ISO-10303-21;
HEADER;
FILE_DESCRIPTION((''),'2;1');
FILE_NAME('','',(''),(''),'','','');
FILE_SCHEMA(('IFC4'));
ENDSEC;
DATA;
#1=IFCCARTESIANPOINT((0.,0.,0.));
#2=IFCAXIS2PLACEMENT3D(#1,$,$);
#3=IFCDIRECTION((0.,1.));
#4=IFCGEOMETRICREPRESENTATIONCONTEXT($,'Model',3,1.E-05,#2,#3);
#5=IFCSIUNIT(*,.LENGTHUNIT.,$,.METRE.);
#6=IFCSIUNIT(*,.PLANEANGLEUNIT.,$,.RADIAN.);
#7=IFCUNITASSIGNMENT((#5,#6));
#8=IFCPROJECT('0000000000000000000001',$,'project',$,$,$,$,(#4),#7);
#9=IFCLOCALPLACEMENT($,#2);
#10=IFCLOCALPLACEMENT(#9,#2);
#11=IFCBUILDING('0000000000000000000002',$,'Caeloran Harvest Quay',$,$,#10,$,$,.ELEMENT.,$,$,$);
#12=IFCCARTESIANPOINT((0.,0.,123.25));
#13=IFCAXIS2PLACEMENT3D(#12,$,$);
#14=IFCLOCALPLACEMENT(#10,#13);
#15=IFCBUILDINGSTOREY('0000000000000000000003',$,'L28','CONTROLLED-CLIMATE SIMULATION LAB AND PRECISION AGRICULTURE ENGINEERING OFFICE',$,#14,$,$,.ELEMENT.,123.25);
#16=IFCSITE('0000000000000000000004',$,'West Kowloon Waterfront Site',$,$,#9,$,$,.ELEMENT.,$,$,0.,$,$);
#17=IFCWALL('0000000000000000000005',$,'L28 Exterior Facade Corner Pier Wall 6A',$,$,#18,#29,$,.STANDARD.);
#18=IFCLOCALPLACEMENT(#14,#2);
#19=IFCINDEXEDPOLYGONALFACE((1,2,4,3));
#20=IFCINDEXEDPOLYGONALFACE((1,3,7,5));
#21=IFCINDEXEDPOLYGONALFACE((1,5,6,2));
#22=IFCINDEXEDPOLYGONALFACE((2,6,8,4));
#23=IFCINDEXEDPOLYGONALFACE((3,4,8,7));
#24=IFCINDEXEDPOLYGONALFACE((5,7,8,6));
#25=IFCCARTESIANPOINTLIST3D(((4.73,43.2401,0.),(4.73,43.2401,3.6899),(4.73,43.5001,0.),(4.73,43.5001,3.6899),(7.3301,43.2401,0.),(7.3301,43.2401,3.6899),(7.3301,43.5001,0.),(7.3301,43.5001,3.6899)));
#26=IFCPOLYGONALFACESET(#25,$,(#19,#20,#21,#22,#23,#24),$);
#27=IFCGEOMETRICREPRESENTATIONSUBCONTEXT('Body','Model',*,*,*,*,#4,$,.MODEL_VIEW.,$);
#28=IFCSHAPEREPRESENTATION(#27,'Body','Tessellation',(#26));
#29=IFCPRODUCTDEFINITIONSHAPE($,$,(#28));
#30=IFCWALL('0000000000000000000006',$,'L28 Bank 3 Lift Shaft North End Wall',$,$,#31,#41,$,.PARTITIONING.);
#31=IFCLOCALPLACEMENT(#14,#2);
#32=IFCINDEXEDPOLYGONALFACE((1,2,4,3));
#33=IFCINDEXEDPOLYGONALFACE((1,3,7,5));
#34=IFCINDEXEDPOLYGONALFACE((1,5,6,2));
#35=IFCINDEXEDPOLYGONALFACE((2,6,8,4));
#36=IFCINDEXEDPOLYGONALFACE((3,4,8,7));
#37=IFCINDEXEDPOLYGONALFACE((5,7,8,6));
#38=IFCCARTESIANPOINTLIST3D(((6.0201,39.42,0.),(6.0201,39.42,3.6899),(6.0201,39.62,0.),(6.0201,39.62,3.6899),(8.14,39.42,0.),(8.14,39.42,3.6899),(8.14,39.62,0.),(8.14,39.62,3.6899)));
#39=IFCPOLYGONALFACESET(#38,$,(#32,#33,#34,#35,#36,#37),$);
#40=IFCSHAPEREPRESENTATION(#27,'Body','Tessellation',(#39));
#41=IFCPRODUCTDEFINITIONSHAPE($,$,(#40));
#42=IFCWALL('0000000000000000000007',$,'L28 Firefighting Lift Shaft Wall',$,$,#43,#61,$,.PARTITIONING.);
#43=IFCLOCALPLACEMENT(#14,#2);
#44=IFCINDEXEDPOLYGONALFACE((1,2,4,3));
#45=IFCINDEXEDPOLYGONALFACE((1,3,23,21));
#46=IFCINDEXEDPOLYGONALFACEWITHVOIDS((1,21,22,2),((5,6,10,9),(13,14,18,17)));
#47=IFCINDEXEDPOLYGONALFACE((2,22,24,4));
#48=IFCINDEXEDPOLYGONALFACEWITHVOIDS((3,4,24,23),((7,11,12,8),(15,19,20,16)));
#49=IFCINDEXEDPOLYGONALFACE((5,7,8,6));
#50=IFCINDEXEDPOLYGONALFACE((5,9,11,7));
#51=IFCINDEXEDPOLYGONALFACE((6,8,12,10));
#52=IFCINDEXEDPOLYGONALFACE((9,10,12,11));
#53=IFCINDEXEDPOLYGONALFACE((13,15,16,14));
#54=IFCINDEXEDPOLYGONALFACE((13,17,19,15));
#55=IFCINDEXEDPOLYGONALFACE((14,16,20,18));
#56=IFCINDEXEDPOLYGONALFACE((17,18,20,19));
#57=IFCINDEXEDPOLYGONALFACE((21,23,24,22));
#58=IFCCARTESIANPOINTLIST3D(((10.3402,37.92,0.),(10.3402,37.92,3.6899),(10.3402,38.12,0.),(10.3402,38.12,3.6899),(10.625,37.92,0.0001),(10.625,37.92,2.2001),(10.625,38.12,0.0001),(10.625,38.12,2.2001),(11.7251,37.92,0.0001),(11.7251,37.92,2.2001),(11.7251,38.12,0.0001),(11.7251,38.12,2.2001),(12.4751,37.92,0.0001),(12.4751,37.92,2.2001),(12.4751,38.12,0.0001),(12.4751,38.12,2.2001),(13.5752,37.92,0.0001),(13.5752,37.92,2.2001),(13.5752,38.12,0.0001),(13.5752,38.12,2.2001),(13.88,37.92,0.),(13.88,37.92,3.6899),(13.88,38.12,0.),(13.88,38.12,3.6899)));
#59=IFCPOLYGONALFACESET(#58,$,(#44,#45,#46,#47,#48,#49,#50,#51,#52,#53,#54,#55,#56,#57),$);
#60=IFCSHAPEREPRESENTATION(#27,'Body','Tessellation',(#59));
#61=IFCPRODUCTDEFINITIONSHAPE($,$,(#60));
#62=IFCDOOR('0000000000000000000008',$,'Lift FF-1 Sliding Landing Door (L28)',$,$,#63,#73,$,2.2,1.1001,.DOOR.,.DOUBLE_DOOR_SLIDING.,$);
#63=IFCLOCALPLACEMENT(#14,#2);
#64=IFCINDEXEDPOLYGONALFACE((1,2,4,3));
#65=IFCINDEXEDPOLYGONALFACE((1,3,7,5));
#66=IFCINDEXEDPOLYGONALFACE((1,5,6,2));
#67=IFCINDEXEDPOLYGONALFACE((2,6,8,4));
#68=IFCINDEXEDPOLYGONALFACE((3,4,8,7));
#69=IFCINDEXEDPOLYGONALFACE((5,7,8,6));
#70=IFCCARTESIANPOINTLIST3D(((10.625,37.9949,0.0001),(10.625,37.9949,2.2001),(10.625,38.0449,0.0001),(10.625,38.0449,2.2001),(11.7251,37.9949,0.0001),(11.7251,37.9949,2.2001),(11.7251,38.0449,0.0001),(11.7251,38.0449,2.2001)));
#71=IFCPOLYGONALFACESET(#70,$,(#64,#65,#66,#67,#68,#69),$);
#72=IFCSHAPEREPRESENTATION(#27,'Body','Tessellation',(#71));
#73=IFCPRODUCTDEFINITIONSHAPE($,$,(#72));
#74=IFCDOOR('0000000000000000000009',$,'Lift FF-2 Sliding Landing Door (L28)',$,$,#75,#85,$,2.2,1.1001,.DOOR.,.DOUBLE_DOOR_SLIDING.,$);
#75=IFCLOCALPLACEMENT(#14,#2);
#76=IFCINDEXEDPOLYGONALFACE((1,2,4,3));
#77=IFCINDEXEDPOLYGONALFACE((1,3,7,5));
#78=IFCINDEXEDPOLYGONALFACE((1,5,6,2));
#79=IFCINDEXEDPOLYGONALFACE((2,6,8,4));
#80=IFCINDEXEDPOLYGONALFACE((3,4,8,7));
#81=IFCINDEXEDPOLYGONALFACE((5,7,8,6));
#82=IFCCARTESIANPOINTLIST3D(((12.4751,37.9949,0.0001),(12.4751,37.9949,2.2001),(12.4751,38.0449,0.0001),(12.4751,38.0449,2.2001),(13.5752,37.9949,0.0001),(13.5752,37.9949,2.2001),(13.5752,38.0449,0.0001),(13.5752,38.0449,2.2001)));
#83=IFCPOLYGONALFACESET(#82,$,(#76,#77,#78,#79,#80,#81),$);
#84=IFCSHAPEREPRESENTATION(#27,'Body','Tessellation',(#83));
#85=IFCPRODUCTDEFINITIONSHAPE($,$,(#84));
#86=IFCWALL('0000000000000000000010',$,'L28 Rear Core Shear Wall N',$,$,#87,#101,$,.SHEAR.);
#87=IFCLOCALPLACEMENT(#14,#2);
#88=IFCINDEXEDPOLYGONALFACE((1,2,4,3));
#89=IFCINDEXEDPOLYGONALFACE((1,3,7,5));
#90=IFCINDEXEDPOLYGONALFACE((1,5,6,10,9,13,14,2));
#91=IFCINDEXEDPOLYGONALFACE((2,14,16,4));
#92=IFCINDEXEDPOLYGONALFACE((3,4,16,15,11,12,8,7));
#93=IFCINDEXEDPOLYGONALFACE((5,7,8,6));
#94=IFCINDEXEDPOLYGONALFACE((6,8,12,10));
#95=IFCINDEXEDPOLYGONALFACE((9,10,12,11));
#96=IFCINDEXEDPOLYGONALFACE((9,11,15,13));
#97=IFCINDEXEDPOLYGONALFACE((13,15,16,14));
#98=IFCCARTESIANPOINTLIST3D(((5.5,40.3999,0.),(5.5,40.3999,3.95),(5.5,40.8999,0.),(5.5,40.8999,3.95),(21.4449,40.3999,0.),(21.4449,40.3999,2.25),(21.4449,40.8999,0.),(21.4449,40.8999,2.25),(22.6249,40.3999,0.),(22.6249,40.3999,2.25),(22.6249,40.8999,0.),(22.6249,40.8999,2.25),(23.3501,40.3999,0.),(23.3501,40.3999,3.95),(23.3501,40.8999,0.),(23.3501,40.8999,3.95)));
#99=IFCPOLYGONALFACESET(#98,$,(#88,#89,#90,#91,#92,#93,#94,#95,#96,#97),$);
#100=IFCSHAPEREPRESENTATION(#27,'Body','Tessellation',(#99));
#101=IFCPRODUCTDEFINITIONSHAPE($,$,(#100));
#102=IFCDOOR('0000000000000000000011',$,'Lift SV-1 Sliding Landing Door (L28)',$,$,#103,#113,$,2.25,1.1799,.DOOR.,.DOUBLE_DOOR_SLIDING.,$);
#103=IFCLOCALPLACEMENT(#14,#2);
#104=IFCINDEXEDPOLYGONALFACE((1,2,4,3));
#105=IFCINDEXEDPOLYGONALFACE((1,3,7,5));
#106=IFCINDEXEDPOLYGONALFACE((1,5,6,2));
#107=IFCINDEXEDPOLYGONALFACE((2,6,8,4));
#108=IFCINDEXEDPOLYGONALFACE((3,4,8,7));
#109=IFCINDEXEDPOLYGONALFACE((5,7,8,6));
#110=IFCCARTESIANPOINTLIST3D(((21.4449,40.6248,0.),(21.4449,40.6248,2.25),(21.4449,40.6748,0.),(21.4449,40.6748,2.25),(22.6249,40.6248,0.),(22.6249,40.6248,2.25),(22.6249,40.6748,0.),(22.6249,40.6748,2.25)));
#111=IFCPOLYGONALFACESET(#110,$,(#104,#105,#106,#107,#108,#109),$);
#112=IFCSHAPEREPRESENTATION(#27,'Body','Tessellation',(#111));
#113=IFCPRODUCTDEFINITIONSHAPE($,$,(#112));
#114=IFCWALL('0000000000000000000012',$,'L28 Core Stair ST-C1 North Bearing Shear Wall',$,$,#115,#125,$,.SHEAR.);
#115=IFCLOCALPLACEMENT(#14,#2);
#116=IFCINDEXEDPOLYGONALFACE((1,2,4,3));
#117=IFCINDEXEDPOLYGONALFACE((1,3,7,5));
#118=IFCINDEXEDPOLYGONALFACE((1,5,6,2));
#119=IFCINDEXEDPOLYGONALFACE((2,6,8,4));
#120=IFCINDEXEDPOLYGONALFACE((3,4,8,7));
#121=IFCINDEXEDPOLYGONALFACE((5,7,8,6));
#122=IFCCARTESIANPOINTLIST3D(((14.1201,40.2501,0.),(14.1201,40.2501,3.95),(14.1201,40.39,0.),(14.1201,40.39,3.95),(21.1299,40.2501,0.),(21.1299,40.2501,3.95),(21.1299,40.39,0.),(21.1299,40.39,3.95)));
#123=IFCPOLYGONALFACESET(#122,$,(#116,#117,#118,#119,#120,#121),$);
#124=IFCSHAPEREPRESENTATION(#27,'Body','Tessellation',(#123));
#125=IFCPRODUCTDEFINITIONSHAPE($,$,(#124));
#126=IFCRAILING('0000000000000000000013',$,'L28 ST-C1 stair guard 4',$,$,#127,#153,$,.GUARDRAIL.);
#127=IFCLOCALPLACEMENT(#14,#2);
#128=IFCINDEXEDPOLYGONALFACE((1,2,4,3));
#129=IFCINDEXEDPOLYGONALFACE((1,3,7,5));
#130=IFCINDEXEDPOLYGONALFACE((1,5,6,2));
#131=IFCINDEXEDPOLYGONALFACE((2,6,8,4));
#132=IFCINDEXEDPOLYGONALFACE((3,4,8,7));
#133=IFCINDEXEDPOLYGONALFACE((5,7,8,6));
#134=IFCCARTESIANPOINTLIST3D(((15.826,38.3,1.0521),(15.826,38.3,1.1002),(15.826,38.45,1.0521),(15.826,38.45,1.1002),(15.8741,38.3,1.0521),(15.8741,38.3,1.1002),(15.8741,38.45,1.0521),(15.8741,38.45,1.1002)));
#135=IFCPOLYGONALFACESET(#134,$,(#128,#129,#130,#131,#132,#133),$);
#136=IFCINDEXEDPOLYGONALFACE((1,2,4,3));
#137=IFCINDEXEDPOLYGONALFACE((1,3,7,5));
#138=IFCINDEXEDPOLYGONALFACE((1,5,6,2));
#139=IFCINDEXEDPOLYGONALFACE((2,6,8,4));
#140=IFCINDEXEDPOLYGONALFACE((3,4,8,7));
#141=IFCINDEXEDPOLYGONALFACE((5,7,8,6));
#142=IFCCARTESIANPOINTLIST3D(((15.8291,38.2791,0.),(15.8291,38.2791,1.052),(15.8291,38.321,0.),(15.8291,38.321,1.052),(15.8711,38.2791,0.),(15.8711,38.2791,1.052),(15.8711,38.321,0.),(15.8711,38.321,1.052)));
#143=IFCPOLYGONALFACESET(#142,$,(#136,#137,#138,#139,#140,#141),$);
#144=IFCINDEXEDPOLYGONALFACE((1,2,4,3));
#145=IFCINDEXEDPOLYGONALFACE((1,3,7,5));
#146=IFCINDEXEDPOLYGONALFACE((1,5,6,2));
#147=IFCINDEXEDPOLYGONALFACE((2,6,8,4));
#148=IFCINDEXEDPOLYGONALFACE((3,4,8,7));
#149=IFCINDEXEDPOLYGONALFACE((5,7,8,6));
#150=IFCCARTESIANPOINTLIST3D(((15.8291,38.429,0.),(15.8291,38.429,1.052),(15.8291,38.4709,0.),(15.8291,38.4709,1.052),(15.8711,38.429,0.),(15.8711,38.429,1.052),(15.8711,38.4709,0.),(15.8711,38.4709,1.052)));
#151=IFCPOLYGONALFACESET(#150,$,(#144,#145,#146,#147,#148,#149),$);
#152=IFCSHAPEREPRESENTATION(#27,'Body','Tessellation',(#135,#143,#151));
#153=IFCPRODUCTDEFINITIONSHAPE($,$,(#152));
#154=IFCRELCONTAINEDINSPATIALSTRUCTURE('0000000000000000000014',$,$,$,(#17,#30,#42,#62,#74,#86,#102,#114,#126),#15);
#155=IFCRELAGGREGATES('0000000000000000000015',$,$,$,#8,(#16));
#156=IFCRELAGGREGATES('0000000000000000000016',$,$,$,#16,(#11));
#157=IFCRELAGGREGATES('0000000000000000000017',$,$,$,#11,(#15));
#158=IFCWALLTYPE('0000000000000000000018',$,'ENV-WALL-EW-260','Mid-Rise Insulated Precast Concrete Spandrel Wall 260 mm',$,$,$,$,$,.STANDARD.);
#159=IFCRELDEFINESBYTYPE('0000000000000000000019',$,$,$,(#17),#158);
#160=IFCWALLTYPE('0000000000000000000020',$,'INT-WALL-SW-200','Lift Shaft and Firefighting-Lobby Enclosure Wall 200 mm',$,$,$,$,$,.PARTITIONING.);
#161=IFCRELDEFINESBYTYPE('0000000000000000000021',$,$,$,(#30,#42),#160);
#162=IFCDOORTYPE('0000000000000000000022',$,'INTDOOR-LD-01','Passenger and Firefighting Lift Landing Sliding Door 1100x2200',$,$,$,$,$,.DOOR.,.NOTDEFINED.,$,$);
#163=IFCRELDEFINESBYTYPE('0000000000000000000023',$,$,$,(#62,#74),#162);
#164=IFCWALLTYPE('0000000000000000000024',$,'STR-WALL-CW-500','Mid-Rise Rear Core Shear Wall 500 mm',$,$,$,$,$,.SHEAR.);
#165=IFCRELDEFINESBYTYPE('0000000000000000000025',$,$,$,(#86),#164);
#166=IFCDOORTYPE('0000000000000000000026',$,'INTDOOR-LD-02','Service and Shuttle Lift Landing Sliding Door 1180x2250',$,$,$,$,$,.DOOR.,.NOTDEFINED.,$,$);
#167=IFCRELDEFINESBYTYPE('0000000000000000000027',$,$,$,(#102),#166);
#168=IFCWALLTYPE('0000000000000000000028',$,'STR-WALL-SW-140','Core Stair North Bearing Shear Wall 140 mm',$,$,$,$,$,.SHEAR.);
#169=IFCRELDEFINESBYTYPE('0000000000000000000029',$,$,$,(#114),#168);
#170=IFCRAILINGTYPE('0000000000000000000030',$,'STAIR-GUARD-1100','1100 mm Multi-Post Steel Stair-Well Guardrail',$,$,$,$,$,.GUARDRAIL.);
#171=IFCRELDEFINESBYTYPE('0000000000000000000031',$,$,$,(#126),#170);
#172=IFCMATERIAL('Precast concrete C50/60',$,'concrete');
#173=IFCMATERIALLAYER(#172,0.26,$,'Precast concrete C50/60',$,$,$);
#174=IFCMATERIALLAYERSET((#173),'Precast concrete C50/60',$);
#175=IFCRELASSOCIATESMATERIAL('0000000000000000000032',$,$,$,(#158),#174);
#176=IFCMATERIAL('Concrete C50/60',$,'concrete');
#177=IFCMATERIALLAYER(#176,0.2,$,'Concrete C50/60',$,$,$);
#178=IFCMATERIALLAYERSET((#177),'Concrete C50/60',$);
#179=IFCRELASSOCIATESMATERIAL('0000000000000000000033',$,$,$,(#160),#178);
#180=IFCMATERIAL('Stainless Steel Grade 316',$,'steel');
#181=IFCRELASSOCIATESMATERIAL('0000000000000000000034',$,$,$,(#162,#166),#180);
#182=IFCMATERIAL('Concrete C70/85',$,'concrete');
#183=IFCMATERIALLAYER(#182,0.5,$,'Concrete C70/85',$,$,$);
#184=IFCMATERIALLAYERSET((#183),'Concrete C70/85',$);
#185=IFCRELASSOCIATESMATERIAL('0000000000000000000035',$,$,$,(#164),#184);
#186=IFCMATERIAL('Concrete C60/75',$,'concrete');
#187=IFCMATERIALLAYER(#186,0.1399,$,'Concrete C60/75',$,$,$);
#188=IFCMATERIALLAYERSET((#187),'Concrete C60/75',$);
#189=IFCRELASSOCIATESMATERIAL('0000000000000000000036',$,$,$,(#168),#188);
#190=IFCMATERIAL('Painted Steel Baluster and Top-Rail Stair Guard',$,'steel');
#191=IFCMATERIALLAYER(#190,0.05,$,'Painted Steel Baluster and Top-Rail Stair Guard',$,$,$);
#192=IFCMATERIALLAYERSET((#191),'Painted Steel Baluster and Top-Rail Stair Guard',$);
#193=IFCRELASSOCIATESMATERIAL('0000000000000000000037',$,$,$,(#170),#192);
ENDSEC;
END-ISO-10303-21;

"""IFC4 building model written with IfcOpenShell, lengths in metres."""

from ifc_helpers import new_model, si_unit, direction, frame, frame_2d, origin, origin_2d, place, context, subcontext, project, spatial, rectangle, extrude, material, layer, layer_set, type_object, element, fill, save


model = new_model("IFC4")

# Units and contexts
model_context = context("Model", 3, precision=1e-05, world=origin(), true_north=direction((0.0, 1.0)))
body_context = subcontext(model_context, "Body", "Model", "MODEL_VIEW")
ifc_project = project(units=[si_unit("LENGTHUNIT", "METRE"), si_unit("PLANEANGLEUNIT", "RADIAN")], contexts=[model_context])

# Site, building, storey
site_placement = place(None, origin())
site = spatial("IfcSite", under=ifc_project, at=site_placement, Name="West Kowloon Waterfront Site", CompositionType="ELEMENT", RefElevation=0.0)
building_placement = place(site_placement, origin())
building = spatial("IfcBuilding", under=site, at=building_placement, Name="Caeloran Harvest Quay", CompositionType="ELEMENT")
storey_placement = place(building_placement, frame((0.0, 0.0, 123.25)))
storey = spatial("IfcBuildingStorey", under=building, at=storey_placement, Name="L28", Description="CONTROLLED-CLIMATE SIMULATION LAB AND PRECISION AGRICULTURE ENGINEERING OFFICE", CompositionType="ELEMENT", Elevation=123.25)

# Walls
ifc_material_1 = material(Name="Precast concrete C50/60", Category="concrete")
ifc_layer_1 = layer(ifc_material_1, 0.26, Name="Precast concrete C50/60")
ifc_layer_set_1 = layer_set([ifc_layer_1], Name="Precast concrete C50/60")
wall_type_1 = type_object("IfcWallType", Name="ENV-WALL-EW-260", Description="Mid-Rise Insulated Precast Concrete Spandrel Wall 260 mm", PredefinedType="STANDARD", material=ifc_layer_set_1)
wall_1_placement = place(storey_placement, frame((4.73, 43.3701, 0.0), z_axis=(0.0, 0.0, 1.0), x_axis=(1.0, 0.0, 0.0)))
element("IfcWall", 1, at=wall_1_placement, inside=storey, type_object=wall_type_1, Name="L28 Exterior Facade Corner Pier Wall 6A", PredefinedType="STANDARD", context=body_context, shape_type="SweptSolid", body=[
    extrude(rectangle(XDim=2.6001, YDim=0.26, at=frame_2d((1.3, 0.0))), origin(), (0.0, 0.0, 1.0), 3.6899),
])
ifc_material_2 = material(Name="Concrete C50/60", Category="concrete")
ifc_layer_2 = layer(ifc_material_2, 0.2, Name="Concrete C50/60")
ifc_layer_set_2 = layer_set([ifc_layer_2], Name="Concrete C50/60")
wall_type_2 = type_object("IfcWallType", Name="INT-WALL-SW-200", Description="Lift Shaft and Firefighting-Lobby Enclosure Wall 200 mm", PredefinedType="PARTITIONING", material=ifc_layer_set_2)
wall_2_placement = place(storey_placement, frame((6.02, 39.52, 0.0), z_axis=(0.0, 0.0, 1.0), x_axis=(1.0, 0.0, 0.0)))
element("IfcWall", 2, at=wall_2_placement, inside=storey, type_object=wall_type_2, Name="L28 Bank 3 Lift Shaft North End Wall", PredefinedType="PARTITIONING", context=body_context, shape_type="SweptSolid", body=[
    extrude(rectangle(XDim=2.1199, YDim=0.2, at=frame_2d((1.0601, 0.0))), origin(), (0.0, 0.0, 1.0), 3.6899),
])

# Wall, openings, doors
wall_3_placement = place(storey_placement, frame((10.3401, 38.02, 0.0), z_axis=(0.0, 0.0, 1.0), x_axis=(1.0, 0.0, 0.0)))
wall_3 = element("IfcWall", 3, at=wall_3_placement, inside=storey, type_object=wall_type_2, Name="L28 Firefighting Lift Shaft Wall", PredefinedType="PARTITIONING", context=body_context, shape_type="SweptSolid", body=[
    extrude(rectangle(XDim=3.5398, YDim=0.2, at=frame_2d((1.77, 0.0))), origin(), (0.0, 0.0, 1.0), 3.6899),
])
opening_1_placement = place(wall_3_placement, frame((0.2849, 0.0, 0.0)))
opening_1 = element("IfcOpeningElement", 4, at=opening_1_placement, cuts=wall_3, PredefinedType="OPENING", context=body_context, shape_type="SweptSolid", body=[
    extrude(rectangle(XDim=1.1001, YDim=2.2, at=frame_2d((0.55, 1.1001))), frame((0.0, 0.1099, 0.0), z_axis=(0.0, -1.0, 0.0), x_axis=(1.0, 0.0, 0.0)), (0.0, 0.0, 1.0), 0.22),
])
opening_2_placement = place(wall_3_placement, frame((2.135, 0.0, 0.0)))
opening_2 = element("IfcOpeningElement", 5, at=opening_2_placement, cuts=wall_3, PredefinedType="OPENING", context=body_context, shape_type="SweptSolid", body=[
    extrude(rectangle(XDim=1.1001, YDim=2.2, at=frame_2d((0.55, 1.1001))), frame((0.0, 0.1099, 0.0), z_axis=(0.0, -1.0, 0.0), x_axis=(1.0, 0.0, 0.0)), (0.0, 0.0, 1.0), 0.22),
])
ifc_material_3 = material(Name="Stainless Steel Grade 316", Category="steel")
door_type_1 = type_object("IfcDoorType", Name="INTDOOR-LD-01", Description="Passenger and Firefighting Lift Landing Sliding Door 1100x2200", OperationType="NOTDEFINED", PredefinedType="DOOR", material=ifc_material_3)
door_1_placement = place(opening_1_placement, origin())
door_1 = element("IfcDoor", 6, at=door_1_placement, inside=storey, type_object=door_type_1, Name="Lift FF-1 Sliding Landing Door (L28)", OperationType="DOUBLE_DOOR_SLIDING", OverallHeight=2.2, OverallWidth=1.1001, PredefinedType="DOOR", context=body_context, shape_type="SweptSolid", body=[
    extrude(rectangle(XDim=1.1001, YDim=2.2, at=frame_2d((0.55, 1.1001))), frame((0.0, 0.0249, 0.0), z_axis=(0.0, -1.0, 0.0), x_axis=(1.0, 0.0, 0.0)), (0.0, 0.0, 1.0), 0.05),
])
fill(opening_1, door_1)
door_2_placement = place(opening_2_placement, origin())
door_2 = element("IfcDoor", 7, at=door_2_placement, inside=storey, type_object=door_type_1, Name="Lift FF-2 Sliding Landing Door (L28)", OperationType="DOUBLE_DOOR_SLIDING", OverallHeight=2.2, OverallWidth=1.1001, PredefinedType="DOOR", context=body_context, shape_type="SweptSolid", body=[
    extrude(rectangle(XDim=1.1001, YDim=2.2, at=frame_2d((0.55, 1.1001))), frame((0.0, 0.0249, 0.0), z_axis=(0.0, -1.0, 0.0), x_axis=(1.0, 0.0, 0.0)), (0.0, 0.0, 1.0), 0.05),
])
fill(opening_2, door_2)

# Wall, opening, door
ifc_material_4 = material(Name="Concrete C70/85", Category="concrete")
ifc_layer_3 = layer(ifc_material_4, 0.5, Name="Concrete C70/85")
ifc_layer_set_3 = layer_set([ifc_layer_3], Name="Concrete C70/85")
wall_type_3 = type_object("IfcWallType", Name="STR-WALL-CW-500", Description="Mid-Rise Rear Core Shear Wall 500 mm", PredefinedType="SHEAR", material=ifc_layer_set_3)
wall_4_placement = place(storey_placement, frame((5.5, 40.6499, 0.0), z_axis=(0.0, 0.0, 1.0), x_axis=(1.0, 0.0, 0.0)))
wall_4 = element("IfcWall", 8, at=wall_4_placement, inside=storey, type_object=wall_type_3, Name="L28 Rear Core Shear Wall N", PredefinedType="SHEAR", context=body_context, shape_type="SweptSolid", body=[
    extrude(rectangle(XDim=17.8501, YDim=0.5, at=frame_2d((8.925, 0.0))), origin(), (0.0, 0.0, 1.0), 3.95),
])
opening_3_placement = place(wall_4_placement, frame((15.9451, 0.0, 0.0)))
opening_3 = element("IfcOpeningElement", 9, at=opening_3_placement, cuts=wall_4, PredefinedType="OPENING", context=body_context, shape_type="SweptSolid", body=[
    extrude(rectangle(XDim=1.1799, YDim=2.25, at=frame_2d((0.5898, 1.125))), frame((0.0, 0.26, 0.0), z_axis=(0.0, -1.0, 0.0), x_axis=(1.0, 0.0, 0.0)), (0.0, 0.0, 1.0), 0.52),
])
door_type_2 = type_object("IfcDoorType", Name="INTDOOR-LD-02", Description="Service and Shuttle Lift Landing Sliding Door 1180x2250", OperationType="NOTDEFINED", PredefinedType="DOOR", material=ifc_material_3)
door_3_placement = place(opening_3_placement, origin())
door_3 = element("IfcDoor", 10, at=door_3_placement, inside=storey, type_object=door_type_2, Name="Lift SV-1 Sliding Landing Door (L28)", OperationType="DOUBLE_DOOR_SLIDING", OverallHeight=2.25, OverallWidth=1.1799, PredefinedType="DOOR", context=body_context, shape_type="SweptSolid", body=[
    extrude(rectangle(XDim=1.1799, YDim=2.25, at=frame_2d((0.5898, 1.125))), frame((0.0, 0.0249, 0.0), z_axis=(0.0, -1.0, 0.0), x_axis=(1.0, 0.0, 0.0)), (0.0, 0.0, 1.0), 0.05),
])
fill(opening_3, door_3)

# Wall
ifc_material_5 = material(Name="Concrete C60/75", Category="concrete")
ifc_layer_4 = layer(ifc_material_5, 0.1399, Name="Concrete C60/75")
ifc_layer_set_4 = layer_set([ifc_layer_4], Name="Concrete C60/75")
wall_type_4 = type_object("IfcWallType", Name="STR-WALL-SW-140", Description="Core Stair North Bearing Shear Wall 140 mm", PredefinedType="SHEAR", material=ifc_layer_set_4)
wall_5_placement = place(storey_placement, frame((14.1201, 40.3201, 0.0), z_axis=(0.0, 0.0, 1.0), x_axis=(1.0, 0.0, 0.0)))
element("IfcWall", 11, at=wall_5_placement, inside=storey, type_object=wall_type_4, Name="L28 Core Stair ST-C1 North Bearing Shear Wall", PredefinedType="SHEAR", context=body_context, shape_type="SweptSolid", body=[
    extrude(rectangle(XDim=7.0098, YDim=0.1399, at=frame_2d((3.5049, 0.0))), origin(), (0.0, 0.0, 1.0), 3.95),
])

# Railing
ifc_material_6 = material(Name="Painted Steel Baluster and Top-Rail Stair Guard", Category="steel")
ifc_layer_5 = layer(ifc_material_6, 0.05, Name="Painted Steel Baluster and Top-Rail Stair Guard")
ifc_layer_set_5 = layer_set([ifc_layer_5], Name="Painted Steel Baluster and Top-Rail Stair Guard")
railing_type = type_object("IfcRailingType", Name="STAIR-GUARD-1100", Description="1100 mm Multi-Post Steel Stair-Well Guardrail", PredefinedType="GUARDRAIL", material=ifc_layer_set_5)
railing_placement = place(storey_placement, frame((15.8501, 38.3, 0.0)))
element("IfcRailing", 12, at=railing_placement, inside=storey, type_object=railing_type, Name="L28 ST-C1 stair guard 4", PredefinedType="GUARDRAIL", context=body_context, shape_type="SweptSolid", body=[
    extrude(rectangle(XDim=0.0481, YDim=0.0481, at=origin_2d()), frame((0.0, 0.0, 1.0762), z_axis=(0.0, 1.0, 0.0), x_axis=(-1.0, 0.0, 0.0)), (0.0, 0.0, 1.0), 0.1499),
    extrude(rectangle(XDim=0.042, YDim=0.042, at=origin_2d()), origin(), (0.0, 0.0, 1.0), 1.052),
    extrude(rectangle(XDim=0.042, YDim=0.042, at=origin_2d()), frame((0.0, 0.1499, 0.0)), (0.0, 0.0, 1.0), 1.052),
])

save(model, "model.ifc")
